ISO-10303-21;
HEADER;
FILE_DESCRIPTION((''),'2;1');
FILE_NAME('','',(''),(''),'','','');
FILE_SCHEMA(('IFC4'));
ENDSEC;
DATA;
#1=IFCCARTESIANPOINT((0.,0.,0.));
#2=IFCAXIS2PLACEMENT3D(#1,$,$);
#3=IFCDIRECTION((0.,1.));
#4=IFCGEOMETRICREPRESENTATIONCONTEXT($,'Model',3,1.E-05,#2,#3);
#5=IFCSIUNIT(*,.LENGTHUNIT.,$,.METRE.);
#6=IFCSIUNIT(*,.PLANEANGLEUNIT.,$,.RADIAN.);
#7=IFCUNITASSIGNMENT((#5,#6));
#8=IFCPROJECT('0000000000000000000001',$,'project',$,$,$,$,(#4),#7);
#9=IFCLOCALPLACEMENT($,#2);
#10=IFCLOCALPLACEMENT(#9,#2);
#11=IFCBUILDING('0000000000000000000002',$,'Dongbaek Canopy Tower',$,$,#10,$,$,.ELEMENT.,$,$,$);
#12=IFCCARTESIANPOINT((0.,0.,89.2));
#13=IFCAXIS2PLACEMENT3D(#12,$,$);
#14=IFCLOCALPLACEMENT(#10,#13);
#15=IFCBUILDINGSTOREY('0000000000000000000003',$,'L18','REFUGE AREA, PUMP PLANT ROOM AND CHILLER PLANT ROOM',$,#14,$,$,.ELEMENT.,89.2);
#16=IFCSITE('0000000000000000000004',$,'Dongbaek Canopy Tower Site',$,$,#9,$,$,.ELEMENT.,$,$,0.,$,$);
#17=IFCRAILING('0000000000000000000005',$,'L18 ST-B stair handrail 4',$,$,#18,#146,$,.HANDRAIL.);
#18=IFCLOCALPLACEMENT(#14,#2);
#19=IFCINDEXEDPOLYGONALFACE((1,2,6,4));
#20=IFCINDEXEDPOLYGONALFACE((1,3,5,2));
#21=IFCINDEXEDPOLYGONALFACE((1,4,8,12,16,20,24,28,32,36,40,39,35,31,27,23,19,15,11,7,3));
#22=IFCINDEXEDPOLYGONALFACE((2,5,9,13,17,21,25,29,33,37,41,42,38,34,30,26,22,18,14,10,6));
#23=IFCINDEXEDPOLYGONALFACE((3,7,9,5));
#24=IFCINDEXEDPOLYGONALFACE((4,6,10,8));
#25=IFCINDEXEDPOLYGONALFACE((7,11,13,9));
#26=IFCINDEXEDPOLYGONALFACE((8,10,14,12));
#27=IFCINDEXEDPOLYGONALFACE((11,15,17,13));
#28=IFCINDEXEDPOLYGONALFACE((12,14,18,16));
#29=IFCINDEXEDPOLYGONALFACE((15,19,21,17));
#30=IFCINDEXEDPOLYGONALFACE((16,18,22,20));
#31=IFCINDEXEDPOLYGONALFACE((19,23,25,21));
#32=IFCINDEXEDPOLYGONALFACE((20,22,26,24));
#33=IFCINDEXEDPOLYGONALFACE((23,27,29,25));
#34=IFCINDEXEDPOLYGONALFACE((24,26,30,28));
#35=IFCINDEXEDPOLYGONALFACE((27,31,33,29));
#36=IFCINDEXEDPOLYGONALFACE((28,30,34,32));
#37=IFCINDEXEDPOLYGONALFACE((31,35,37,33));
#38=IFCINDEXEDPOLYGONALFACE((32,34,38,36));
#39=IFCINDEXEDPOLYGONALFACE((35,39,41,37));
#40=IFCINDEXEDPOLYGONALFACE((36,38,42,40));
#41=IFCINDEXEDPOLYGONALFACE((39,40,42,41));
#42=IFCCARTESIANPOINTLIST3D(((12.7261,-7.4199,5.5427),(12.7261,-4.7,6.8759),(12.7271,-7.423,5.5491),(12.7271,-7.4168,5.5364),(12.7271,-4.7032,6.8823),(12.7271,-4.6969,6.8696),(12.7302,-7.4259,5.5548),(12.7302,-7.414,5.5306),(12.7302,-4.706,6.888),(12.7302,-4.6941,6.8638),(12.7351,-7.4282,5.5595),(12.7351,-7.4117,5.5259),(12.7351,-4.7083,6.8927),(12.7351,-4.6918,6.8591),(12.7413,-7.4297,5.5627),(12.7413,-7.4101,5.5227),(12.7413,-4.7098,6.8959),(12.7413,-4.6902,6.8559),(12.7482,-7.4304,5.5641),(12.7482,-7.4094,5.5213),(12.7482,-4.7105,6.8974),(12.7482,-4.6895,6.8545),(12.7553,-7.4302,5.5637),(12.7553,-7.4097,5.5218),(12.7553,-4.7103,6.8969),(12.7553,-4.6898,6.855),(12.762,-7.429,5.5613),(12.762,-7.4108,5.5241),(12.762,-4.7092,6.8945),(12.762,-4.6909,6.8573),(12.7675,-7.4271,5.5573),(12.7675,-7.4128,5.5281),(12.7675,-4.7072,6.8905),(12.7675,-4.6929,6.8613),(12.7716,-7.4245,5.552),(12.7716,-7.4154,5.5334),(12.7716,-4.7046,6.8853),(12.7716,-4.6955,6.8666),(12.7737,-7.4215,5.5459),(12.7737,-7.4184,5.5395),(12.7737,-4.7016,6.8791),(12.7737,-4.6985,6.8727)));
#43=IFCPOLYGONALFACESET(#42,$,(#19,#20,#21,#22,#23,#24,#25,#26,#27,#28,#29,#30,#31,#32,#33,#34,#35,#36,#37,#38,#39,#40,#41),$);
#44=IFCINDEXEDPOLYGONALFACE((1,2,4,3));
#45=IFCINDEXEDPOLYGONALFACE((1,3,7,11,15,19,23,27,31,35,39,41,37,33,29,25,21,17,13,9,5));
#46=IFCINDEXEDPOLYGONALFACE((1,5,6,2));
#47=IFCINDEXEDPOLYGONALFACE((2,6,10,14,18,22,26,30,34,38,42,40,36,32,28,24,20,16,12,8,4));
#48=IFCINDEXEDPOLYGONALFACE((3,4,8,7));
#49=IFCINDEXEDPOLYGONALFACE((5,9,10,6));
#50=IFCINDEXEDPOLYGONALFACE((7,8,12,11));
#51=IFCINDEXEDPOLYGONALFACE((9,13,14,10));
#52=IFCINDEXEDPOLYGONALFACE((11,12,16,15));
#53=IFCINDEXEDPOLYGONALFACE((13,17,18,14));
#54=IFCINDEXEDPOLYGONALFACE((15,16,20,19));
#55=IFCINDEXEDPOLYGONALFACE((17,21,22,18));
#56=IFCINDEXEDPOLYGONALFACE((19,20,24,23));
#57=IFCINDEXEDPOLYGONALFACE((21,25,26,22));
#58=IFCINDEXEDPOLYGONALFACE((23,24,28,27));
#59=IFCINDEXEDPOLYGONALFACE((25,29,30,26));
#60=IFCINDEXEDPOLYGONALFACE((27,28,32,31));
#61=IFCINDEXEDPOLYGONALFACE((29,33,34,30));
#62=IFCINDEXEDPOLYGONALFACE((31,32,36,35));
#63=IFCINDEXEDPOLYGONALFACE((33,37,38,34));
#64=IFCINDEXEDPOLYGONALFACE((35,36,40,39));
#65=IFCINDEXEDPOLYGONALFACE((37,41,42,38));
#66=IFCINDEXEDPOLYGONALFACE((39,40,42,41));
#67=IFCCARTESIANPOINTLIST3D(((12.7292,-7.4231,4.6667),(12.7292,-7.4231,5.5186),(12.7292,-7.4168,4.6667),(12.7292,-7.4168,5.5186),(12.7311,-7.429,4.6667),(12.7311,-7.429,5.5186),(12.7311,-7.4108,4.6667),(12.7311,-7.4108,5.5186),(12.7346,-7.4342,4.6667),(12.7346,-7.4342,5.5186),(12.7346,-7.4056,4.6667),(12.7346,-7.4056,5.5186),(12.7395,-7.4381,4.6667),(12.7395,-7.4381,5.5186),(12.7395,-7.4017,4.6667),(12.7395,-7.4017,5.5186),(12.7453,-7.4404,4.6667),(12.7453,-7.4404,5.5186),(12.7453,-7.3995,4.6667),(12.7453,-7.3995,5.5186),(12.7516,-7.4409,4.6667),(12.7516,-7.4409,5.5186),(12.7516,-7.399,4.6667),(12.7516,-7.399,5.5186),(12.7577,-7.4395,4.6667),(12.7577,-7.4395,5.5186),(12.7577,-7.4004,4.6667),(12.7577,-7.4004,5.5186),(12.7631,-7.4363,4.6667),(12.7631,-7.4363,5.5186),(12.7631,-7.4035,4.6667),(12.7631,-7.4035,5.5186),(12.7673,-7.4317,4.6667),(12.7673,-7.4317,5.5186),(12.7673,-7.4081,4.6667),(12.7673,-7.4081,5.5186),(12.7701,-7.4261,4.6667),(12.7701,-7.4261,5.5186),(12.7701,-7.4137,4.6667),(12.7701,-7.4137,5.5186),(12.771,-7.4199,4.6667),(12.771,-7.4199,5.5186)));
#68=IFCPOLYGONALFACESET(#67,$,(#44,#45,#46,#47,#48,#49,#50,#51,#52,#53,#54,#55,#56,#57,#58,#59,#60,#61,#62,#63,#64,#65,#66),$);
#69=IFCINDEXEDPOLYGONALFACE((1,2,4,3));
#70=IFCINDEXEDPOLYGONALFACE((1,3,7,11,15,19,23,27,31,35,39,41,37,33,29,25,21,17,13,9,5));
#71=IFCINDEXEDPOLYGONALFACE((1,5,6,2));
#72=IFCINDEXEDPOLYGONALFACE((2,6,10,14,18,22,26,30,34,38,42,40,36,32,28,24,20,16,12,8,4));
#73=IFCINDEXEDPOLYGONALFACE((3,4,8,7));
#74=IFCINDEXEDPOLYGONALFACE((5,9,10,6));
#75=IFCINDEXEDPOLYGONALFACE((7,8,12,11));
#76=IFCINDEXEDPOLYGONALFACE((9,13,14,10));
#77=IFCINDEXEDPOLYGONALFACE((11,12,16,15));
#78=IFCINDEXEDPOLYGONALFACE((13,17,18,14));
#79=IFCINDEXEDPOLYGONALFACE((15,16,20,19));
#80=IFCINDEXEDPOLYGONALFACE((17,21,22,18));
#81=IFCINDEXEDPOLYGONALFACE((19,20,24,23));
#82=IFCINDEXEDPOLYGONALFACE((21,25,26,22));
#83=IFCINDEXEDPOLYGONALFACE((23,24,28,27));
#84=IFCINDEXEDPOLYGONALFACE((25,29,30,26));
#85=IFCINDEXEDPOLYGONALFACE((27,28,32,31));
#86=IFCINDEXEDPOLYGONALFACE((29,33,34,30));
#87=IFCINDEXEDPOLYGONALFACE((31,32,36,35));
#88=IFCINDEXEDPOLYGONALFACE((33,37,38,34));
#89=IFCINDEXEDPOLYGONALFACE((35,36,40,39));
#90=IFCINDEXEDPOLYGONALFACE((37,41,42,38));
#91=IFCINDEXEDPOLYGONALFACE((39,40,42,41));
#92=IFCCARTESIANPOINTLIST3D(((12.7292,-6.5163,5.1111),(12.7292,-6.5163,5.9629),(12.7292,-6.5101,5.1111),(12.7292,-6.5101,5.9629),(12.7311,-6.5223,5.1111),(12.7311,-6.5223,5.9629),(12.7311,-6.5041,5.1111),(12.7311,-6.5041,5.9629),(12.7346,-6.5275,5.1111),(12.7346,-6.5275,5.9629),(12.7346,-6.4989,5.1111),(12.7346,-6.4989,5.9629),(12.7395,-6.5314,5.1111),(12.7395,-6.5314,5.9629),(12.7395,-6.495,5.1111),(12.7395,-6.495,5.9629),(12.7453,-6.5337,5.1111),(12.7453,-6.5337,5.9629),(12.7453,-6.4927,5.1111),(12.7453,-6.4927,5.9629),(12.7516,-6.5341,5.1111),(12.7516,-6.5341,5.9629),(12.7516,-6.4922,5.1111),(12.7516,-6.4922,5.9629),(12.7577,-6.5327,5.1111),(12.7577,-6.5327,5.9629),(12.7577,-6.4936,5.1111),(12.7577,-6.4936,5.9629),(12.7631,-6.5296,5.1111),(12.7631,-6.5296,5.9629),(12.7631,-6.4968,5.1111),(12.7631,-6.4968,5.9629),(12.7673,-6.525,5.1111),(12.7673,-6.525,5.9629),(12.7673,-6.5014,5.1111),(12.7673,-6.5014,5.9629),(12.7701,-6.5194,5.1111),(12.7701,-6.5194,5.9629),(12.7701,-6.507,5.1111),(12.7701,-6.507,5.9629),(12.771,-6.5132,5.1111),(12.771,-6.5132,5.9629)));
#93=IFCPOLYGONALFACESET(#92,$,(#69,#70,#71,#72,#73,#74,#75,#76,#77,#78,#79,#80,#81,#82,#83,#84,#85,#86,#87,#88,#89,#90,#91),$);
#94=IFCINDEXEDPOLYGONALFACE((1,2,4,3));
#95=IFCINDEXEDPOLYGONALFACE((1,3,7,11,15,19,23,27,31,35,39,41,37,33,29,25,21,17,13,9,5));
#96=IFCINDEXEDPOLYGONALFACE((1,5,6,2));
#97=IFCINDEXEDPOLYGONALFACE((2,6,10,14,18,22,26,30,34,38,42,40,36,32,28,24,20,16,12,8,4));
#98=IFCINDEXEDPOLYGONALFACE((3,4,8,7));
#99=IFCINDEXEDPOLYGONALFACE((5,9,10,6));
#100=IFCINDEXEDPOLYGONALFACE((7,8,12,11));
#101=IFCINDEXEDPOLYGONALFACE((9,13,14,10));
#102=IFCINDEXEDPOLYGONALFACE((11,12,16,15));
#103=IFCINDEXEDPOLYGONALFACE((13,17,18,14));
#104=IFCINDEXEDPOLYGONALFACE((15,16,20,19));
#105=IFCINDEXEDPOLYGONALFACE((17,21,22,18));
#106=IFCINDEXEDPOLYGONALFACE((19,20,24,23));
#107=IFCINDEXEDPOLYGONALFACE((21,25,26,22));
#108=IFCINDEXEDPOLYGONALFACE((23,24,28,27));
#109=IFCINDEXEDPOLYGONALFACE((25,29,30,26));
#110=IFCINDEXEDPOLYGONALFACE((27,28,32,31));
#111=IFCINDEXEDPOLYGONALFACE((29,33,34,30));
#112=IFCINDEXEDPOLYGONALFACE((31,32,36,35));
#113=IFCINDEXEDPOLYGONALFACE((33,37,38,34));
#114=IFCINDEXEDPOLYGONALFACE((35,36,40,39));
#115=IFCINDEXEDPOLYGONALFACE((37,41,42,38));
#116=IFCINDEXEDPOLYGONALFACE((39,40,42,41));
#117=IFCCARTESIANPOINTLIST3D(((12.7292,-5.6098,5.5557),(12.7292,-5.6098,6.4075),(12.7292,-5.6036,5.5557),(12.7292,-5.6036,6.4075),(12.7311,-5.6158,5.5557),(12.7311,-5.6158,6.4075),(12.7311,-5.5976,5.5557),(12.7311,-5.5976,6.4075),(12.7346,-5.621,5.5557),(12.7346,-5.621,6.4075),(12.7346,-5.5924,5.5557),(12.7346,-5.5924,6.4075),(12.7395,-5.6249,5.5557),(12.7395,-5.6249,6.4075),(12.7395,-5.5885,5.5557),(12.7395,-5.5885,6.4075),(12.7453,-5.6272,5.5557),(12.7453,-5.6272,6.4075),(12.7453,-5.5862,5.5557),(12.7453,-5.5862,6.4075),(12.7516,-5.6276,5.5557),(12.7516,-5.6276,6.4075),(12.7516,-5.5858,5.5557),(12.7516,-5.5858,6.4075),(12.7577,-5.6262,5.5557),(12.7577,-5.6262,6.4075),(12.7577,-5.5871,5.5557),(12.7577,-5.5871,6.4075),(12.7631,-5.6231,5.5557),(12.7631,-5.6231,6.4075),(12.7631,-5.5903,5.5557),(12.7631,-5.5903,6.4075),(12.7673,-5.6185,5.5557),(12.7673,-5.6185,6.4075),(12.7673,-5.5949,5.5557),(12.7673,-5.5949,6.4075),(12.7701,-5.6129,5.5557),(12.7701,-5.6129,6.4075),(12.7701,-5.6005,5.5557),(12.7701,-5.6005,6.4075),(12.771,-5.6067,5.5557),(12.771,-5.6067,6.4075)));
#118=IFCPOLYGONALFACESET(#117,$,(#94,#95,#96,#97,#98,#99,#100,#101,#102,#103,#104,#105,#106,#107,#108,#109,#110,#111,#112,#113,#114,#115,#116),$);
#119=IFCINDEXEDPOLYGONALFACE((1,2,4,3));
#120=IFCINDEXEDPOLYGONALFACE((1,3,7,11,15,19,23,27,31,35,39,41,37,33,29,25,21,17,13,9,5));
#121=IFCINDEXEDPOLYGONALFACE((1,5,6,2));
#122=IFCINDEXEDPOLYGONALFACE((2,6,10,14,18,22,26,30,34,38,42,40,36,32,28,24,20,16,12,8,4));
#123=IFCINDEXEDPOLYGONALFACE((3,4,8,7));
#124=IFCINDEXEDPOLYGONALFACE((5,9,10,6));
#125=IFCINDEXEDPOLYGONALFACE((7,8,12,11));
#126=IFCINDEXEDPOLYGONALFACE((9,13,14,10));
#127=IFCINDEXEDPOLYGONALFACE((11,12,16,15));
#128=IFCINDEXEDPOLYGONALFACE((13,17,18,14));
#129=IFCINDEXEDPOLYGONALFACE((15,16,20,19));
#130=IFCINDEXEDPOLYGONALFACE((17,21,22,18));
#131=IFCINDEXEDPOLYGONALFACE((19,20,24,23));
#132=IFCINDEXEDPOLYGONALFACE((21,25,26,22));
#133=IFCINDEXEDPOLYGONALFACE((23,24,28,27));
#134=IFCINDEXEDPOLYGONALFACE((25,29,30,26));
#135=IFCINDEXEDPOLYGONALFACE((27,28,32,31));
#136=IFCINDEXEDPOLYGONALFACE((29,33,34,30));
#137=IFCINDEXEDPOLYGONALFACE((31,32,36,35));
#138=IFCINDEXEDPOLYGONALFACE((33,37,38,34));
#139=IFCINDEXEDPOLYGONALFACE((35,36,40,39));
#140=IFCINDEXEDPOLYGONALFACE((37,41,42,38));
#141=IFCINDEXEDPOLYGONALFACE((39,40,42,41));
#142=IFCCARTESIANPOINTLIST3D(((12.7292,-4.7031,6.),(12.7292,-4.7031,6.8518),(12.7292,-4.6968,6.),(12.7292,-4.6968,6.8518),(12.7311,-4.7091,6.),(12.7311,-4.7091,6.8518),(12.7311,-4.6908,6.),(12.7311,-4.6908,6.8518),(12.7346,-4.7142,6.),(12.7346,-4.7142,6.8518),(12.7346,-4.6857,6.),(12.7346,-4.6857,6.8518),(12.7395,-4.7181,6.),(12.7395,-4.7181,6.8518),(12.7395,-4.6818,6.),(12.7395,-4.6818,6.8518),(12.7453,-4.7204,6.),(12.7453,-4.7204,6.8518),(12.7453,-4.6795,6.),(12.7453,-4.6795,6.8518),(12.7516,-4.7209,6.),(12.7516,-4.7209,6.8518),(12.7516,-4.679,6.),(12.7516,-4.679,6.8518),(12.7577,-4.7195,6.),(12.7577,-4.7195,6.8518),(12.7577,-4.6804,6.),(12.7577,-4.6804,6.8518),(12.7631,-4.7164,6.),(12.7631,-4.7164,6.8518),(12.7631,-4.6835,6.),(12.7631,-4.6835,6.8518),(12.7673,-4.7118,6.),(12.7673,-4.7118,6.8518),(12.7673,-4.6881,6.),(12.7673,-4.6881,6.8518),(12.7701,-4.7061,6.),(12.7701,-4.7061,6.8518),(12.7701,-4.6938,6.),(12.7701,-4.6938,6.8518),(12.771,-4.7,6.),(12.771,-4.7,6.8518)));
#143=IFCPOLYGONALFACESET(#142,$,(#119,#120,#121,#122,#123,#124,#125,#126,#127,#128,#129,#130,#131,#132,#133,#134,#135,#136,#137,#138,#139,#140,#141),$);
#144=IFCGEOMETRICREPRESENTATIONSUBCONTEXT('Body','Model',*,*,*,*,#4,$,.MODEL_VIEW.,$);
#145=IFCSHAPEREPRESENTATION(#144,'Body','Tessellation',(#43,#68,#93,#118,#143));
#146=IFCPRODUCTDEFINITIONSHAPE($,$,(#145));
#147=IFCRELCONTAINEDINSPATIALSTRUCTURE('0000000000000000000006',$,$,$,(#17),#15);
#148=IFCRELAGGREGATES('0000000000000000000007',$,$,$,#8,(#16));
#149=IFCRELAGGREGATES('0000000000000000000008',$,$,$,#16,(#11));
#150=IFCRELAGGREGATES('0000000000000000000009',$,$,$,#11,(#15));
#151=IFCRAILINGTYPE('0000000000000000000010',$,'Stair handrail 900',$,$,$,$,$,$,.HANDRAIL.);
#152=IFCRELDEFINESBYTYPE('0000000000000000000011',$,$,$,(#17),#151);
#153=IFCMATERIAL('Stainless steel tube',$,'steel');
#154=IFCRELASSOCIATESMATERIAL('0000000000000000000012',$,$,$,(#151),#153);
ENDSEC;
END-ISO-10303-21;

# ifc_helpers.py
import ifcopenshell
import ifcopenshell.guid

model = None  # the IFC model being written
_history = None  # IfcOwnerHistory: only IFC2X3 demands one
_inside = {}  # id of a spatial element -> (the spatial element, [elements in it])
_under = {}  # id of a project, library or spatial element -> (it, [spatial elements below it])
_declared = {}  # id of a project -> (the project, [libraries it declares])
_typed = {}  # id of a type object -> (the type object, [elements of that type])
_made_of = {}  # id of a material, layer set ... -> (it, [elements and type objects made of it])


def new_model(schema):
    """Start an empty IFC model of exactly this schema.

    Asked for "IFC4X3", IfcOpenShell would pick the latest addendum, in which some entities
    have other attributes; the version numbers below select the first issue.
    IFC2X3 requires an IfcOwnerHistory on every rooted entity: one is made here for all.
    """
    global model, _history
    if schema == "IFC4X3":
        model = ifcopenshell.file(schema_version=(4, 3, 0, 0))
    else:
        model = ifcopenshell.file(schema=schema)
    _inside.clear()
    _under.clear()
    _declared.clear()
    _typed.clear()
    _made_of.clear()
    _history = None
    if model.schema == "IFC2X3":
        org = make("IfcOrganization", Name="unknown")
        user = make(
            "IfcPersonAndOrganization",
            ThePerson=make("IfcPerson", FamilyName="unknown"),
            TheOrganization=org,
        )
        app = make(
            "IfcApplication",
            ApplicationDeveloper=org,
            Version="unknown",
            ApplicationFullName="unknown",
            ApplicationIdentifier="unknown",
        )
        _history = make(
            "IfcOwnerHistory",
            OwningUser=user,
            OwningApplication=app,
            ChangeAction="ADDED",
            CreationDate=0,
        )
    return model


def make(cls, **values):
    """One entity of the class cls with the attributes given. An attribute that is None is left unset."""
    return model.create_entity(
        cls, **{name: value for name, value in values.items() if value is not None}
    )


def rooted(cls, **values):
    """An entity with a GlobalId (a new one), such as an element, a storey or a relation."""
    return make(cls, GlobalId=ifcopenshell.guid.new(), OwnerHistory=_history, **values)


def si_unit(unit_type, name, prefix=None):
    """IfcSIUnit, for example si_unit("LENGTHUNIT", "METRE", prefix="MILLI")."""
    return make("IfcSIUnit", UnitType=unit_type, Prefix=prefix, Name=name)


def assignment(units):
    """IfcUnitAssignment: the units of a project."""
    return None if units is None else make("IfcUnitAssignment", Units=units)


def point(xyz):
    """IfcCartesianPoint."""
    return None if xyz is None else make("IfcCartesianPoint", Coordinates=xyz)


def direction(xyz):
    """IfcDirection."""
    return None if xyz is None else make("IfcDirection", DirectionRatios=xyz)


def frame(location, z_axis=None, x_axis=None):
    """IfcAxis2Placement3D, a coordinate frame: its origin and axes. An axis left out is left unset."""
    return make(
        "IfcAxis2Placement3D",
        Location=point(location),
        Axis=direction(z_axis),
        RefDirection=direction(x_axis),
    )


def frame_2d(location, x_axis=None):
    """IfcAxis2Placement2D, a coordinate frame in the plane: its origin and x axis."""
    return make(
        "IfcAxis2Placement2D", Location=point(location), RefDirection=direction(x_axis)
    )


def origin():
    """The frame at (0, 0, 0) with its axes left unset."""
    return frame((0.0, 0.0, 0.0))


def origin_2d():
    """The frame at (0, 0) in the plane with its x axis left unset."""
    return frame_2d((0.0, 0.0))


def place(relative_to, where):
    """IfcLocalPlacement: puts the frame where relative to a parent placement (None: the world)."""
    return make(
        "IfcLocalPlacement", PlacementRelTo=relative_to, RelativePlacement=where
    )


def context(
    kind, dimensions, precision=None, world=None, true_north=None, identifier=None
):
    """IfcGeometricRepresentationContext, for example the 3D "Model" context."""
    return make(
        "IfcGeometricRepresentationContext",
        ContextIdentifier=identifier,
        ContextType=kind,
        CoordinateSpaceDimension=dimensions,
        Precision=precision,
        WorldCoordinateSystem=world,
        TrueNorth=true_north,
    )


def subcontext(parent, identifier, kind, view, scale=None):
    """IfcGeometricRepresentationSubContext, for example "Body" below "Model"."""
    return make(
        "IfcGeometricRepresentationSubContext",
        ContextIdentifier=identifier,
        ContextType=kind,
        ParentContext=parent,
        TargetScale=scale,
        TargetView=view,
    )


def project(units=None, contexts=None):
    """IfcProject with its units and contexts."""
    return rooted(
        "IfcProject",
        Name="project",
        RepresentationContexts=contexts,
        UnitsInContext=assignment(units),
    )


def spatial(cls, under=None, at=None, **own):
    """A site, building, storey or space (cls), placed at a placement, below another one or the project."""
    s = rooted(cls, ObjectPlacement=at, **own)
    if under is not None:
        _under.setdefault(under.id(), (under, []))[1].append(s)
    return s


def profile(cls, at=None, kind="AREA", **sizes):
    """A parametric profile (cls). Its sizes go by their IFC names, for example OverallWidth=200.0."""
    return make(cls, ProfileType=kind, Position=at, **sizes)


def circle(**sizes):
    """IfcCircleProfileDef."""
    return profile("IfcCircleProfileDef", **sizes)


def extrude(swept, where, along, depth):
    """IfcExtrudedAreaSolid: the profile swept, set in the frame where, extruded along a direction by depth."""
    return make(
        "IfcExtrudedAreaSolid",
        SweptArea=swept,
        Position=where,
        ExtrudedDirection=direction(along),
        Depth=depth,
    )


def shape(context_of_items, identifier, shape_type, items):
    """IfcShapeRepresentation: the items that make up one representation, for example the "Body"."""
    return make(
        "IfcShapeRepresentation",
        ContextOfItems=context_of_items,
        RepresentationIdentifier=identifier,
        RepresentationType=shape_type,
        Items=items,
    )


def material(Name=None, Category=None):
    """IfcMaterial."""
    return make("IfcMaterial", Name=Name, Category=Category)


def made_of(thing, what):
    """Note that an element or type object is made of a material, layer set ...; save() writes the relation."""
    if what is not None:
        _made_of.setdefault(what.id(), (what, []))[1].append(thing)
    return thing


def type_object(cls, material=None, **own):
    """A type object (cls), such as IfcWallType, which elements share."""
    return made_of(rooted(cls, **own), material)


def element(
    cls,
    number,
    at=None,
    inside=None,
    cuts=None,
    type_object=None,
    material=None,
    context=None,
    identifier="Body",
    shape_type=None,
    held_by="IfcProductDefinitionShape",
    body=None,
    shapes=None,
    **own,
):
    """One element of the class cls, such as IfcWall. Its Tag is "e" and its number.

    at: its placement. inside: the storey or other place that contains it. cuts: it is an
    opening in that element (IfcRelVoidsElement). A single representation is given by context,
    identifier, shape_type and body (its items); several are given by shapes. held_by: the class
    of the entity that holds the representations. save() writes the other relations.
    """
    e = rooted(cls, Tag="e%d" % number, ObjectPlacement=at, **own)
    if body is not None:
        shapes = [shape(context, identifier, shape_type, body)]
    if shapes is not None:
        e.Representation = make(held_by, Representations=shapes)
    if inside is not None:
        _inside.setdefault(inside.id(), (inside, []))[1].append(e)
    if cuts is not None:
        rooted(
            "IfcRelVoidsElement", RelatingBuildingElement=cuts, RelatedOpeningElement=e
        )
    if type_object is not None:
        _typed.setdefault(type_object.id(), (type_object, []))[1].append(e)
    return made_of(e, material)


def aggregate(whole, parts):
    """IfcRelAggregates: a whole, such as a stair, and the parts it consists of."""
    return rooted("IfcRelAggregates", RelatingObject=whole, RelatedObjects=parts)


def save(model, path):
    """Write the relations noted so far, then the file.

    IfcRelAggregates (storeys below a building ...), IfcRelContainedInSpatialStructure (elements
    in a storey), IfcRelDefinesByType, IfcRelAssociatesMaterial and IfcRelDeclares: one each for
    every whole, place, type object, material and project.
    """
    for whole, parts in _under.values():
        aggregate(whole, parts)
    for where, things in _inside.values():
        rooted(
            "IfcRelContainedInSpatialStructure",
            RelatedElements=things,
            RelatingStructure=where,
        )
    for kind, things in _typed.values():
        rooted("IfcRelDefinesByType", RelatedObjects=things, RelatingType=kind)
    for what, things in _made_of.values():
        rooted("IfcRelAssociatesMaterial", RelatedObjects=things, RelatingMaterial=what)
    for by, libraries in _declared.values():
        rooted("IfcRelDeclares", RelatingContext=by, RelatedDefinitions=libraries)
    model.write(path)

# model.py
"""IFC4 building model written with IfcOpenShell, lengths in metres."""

from ifc_helpers import new_model, si_unit, direction, frame, origin, origin_2d, place, context, subcontext, project, spatial, circle, extrude, material, type_object, element, save


model = new_model("IFC4")

# Units and contexts
model_context = context("Model", 3, precision=1e-05, world=origin(), true_north=direction((0.0, 1.0)))
body_context = subcontext(model_context, "Body", "Model", "MODEL_VIEW")
ifc_project = project(units=[si_unit("LENGTHUNIT", "METRE"), si_unit("PLANEANGLEUNIT", "RADIAN")], contexts=[model_context])

# Site, building, storey
site_placement = place(None, origin())
site = spatial("IfcSite", under=ifc_project, at=site_placement, Name="Dongbaek Canopy Tower Site", CompositionType="ELEMENT", RefElevation=0.0)
building_placement = place(site_placement, origin())
building = spatial("IfcBuilding", under=site, at=building_placement, Name="Dongbaek Canopy Tower", CompositionType="ELEMENT")
storey_placement = place(building_placement, frame((0.0, 0.0, 89.2)))
storey = spatial("IfcBuildingStorey", under=building, at=storey_placement, Name="L18", Description="REFUGE AREA, PUMP PLANT ROOM AND CHILLER PLANT ROOM", CompositionType="ELEMENT", Elevation=89.2)

# Railing
ifc_material_1 = material(Name="Stainless steel tube", Category="steel")
railing_type_1 = type_object("IfcRailingType", Name="Stair handrail 900", PredefinedType="HANDRAIL", material=ifc_material_1)
for number, where, name in (
    (1, (12.75, -7.4199, 4.6667), "L18 ST-B stair handrail 4"),
):
    element("IfcRailing", number, at=place(storey_placement, frame(where)), inside=storey, type_object=railing_type_1, Name=name, PredefinedType="HANDRAIL", context=body_context, shape_type="SweptSolid", body=[
        extrude(circle(Radius=0.0239, at=origin_2d()), frame((0.0, 0.0, 0.876), z_axis=(0.0, 0.897929, 0.440139), x_axis=(-1.0, 0.0, 0.0)), (0.0, 0.0, 1.0), 3.0291),
        extrude(circle(Radius=0.021, at=origin_2d()), origin(), (0.0, 0.0, 1.0), 0.8518),
        extrude(circle(Radius=0.021, at=origin_2d()), frame((0.0, 0.9067, 0.4443)), (0.0, 0.0, 1.0), 0.8518),
        extrude(circle(Radius=0.021, at=origin_2d()), frame((0.0, 1.8132, 0.8889)), (0.0, 0.0, 1.0), 0.8518),
        extrude(circle(Radius=0.021, at=origin_2d()), frame((0.0, 2.72, 1.3333)), (0.0, 0.0, 1.0), 0.8518),
    ])

save(model, "model.ifc")
